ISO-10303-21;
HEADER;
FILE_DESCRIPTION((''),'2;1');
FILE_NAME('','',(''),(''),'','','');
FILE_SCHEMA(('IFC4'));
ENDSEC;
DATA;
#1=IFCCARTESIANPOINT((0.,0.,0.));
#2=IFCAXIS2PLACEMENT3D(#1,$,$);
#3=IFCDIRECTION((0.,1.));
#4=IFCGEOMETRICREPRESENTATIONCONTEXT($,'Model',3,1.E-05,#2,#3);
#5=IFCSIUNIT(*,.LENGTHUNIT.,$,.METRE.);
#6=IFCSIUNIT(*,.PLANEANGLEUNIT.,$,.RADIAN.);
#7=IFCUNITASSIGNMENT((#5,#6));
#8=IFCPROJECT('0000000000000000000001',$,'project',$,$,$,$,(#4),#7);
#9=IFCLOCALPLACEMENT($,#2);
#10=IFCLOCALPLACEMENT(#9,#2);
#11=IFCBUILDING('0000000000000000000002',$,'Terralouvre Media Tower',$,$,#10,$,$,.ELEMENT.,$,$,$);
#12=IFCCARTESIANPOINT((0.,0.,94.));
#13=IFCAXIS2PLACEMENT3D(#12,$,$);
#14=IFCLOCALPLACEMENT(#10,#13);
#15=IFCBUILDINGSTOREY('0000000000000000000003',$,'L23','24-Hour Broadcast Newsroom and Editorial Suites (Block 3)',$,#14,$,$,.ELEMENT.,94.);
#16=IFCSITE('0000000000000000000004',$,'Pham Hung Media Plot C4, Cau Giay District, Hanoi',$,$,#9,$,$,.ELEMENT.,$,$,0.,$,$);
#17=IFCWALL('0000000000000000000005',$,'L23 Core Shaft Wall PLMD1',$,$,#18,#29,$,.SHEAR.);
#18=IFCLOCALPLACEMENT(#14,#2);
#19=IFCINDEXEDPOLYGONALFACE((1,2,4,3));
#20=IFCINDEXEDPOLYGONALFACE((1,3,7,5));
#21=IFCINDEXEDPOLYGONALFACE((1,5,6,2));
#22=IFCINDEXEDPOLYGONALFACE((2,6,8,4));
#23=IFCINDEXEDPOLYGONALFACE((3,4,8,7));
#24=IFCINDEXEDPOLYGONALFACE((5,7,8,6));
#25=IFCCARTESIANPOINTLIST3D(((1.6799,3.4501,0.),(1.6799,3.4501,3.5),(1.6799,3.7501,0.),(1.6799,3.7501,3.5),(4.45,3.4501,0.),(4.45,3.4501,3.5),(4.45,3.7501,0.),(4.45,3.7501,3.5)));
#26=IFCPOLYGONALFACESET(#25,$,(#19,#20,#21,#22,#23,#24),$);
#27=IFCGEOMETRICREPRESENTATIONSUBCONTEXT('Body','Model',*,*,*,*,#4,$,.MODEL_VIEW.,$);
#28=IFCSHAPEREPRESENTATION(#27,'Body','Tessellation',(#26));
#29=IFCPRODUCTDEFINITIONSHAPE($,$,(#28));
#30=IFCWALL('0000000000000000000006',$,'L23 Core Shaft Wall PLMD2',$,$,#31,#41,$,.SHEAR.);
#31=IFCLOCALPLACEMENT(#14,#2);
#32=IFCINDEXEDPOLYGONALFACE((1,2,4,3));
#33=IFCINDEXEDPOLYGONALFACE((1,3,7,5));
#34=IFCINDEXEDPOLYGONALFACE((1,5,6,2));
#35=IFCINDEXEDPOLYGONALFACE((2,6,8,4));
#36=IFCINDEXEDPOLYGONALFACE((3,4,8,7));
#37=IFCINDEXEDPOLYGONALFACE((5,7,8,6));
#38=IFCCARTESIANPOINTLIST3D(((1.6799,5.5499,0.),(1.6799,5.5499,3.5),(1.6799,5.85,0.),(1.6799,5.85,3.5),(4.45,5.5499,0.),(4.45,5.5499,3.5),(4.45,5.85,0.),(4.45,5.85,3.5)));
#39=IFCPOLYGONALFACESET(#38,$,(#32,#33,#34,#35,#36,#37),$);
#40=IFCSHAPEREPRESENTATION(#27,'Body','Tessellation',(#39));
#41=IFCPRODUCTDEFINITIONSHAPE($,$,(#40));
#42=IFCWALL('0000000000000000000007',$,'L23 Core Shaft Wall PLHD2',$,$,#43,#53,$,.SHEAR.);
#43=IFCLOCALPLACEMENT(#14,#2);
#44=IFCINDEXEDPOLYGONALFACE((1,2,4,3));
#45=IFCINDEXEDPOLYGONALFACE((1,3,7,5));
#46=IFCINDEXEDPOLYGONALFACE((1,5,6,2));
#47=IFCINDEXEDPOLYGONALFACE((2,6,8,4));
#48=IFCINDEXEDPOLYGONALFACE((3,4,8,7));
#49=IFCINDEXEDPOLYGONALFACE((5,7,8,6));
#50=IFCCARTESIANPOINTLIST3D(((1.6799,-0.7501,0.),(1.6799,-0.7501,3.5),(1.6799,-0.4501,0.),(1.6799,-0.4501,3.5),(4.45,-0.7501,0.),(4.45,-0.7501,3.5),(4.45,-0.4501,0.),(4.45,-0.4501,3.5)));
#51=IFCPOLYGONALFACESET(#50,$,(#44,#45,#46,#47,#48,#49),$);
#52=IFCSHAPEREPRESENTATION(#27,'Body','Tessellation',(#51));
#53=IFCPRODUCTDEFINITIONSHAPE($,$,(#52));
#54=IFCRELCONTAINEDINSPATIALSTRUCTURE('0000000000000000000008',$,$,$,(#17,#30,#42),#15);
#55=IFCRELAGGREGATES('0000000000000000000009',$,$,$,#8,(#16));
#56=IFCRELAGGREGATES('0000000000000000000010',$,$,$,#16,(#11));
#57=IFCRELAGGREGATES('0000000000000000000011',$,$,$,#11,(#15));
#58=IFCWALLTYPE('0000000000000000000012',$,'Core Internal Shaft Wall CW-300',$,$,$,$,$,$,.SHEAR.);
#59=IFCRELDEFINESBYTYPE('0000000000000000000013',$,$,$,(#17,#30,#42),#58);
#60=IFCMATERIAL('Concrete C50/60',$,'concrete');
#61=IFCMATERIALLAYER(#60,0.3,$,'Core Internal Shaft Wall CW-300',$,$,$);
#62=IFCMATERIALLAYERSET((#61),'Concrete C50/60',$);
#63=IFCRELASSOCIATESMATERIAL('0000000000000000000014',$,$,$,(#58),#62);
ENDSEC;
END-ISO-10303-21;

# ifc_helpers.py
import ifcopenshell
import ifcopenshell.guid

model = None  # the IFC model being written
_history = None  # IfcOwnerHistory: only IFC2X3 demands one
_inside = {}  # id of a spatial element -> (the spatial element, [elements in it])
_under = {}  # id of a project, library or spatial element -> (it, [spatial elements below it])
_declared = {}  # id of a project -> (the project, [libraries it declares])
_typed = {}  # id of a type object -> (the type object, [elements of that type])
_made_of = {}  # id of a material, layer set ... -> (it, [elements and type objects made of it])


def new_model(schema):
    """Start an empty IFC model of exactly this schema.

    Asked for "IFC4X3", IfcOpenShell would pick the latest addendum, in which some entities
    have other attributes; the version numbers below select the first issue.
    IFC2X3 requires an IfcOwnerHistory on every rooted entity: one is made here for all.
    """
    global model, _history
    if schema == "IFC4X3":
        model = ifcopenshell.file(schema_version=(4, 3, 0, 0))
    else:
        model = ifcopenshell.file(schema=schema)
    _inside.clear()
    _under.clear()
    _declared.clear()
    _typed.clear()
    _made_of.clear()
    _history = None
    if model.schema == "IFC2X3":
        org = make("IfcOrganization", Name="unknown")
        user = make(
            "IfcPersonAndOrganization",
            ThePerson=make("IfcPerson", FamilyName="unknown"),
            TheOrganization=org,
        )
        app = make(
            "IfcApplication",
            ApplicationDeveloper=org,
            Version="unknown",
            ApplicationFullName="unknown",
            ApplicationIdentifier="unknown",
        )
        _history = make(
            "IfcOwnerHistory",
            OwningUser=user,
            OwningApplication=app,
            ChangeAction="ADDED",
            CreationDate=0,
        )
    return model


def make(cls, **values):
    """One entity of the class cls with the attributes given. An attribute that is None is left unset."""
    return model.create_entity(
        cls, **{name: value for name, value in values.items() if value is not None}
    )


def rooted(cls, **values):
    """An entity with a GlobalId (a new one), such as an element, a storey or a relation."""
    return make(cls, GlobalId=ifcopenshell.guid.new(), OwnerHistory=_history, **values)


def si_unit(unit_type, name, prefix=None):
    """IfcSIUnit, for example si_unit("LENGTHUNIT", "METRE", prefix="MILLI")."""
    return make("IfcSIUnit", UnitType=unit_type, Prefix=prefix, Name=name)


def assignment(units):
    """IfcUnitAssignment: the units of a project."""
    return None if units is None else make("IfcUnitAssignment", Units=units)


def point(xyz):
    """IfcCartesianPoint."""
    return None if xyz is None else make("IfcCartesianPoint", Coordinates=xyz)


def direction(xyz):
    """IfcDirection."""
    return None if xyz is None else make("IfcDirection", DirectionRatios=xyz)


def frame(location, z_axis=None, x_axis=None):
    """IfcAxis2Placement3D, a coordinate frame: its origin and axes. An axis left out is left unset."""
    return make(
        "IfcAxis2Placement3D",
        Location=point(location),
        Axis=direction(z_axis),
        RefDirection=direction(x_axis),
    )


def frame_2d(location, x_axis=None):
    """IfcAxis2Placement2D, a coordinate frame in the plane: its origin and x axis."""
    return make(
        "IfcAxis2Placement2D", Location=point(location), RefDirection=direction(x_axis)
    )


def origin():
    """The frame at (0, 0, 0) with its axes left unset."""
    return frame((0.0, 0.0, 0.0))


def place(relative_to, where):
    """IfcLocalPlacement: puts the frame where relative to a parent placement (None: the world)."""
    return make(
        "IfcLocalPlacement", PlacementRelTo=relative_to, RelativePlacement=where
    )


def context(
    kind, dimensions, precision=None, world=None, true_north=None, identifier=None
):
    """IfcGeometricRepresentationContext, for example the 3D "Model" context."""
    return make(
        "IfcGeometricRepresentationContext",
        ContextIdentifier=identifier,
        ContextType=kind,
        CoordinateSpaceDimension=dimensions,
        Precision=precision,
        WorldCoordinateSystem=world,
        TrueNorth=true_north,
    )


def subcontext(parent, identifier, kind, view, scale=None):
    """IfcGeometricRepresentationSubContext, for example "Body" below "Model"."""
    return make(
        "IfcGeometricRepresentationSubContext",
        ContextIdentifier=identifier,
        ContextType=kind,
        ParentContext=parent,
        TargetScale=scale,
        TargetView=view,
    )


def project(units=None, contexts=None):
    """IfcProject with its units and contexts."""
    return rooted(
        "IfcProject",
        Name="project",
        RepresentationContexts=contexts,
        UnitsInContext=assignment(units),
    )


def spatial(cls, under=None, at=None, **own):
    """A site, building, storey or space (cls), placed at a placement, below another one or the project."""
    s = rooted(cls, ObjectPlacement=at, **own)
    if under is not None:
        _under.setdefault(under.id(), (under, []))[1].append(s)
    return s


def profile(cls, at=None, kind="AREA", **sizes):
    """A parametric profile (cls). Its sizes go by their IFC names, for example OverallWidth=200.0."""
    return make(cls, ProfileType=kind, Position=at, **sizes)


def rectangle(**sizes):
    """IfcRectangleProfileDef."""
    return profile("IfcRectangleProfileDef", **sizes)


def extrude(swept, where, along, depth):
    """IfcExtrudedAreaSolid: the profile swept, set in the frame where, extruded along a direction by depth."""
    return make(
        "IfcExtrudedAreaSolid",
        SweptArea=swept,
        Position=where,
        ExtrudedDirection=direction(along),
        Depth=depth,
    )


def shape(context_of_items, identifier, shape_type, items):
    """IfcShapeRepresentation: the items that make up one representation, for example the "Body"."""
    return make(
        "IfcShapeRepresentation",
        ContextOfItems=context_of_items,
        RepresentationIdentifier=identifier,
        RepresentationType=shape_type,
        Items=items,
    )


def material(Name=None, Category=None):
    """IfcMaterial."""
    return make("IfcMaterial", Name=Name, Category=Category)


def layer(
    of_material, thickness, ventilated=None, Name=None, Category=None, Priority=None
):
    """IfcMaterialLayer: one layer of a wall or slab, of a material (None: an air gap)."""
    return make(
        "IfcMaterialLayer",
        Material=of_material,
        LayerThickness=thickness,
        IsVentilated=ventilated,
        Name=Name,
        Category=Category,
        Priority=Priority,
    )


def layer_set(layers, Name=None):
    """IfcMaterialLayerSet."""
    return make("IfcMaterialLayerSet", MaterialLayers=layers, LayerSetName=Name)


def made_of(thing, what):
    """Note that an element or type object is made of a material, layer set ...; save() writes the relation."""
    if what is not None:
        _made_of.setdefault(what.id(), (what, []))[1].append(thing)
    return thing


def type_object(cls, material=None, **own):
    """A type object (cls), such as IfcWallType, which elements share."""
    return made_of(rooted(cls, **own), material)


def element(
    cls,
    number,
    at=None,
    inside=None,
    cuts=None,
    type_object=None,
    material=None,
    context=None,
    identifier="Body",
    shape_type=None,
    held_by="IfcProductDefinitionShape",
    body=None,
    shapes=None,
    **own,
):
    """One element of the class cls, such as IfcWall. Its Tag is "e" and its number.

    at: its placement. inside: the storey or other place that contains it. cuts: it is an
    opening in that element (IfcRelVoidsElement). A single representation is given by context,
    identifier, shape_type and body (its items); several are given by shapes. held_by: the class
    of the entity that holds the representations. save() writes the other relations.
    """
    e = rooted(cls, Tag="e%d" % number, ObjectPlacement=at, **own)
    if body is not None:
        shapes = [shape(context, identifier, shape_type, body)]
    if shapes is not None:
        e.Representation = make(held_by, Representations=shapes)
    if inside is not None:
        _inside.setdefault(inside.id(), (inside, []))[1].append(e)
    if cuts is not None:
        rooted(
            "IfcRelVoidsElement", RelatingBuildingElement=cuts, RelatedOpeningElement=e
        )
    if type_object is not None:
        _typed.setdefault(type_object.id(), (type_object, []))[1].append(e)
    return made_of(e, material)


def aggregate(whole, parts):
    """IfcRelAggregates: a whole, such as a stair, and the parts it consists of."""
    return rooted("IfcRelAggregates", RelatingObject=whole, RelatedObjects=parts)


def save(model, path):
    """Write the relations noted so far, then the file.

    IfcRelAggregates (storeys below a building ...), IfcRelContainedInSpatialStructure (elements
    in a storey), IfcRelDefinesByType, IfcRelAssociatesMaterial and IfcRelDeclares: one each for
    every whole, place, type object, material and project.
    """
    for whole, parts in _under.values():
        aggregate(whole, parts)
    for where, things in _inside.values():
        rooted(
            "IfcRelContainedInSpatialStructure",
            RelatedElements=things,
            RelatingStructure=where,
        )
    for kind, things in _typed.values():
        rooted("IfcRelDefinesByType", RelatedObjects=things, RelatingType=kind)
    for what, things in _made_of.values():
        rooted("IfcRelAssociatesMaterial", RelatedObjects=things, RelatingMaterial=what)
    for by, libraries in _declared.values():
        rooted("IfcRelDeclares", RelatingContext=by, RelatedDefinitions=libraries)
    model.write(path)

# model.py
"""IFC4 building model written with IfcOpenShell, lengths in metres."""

from ifc_helpers import new_model, si_unit, direction, frame, frame_2d, origin, place, context, subcontext, project, spatial, rectangle, extrude, material, layer, layer_set, type_object, element, save


model = new_model("IFC4")

# Units and contexts
model_context = context("Model", 3, precision=1e-05, world=origin(), true_north=direction((0.0, 1.0)))
body_context = subcontext(model_context, "Body", "Model", "MODEL_VIEW")
ifc_project = project(units=[si_unit("LENGTHUNIT", "METRE"), si_unit("PLANEANGLEUNIT", "RADIAN")], contexts=[model_context])

# Site, building, storey
site_placement = place(None, origin())
site = spatial("IfcSite", under=ifc_project, at=site_placement, Name="Pham Hung Media Plot C4, Cau Giay District, Hanoi", CompositionType="ELEMENT", RefElevation=0.0)
building_placement = place(site_placement, origin())
building = spatial("IfcBuilding", under=site, at=building_placement, Name="Terralouvre Media Tower", CompositionType="ELEMENT")
storey_placement = place(building_placement, frame((0.0, 0.0, 94.0)))
storey = spatial("IfcBuildingStorey", under=building, at=storey_placement, Name="L23", Description="24-Hour Broadcast Newsroom and Editorial Suites (Block 3)", CompositionType="ELEMENT", Elevation=94.0)

# Shared definitions
ifc_material_1 = material(Name="Concrete C50/60", Category="concrete")
ifc_layer_1 = layer(ifc_material_1, 0.3, Name="Core Internal Shaft Wall CW-300")
ifc_layer_set_1 = layer_set([ifc_layer_1], Name="Concrete C50/60")
wall_type = type_object("IfcWallType", Name="Core Internal Shaft Wall CW-300", PredefinedType="SHEAR", material=ifc_layer_set_1)

# Walls
for number, where, z_axis, x_axis, name in (
    (1, (1.6799, 3.6001, 0.0), (0.0, 0.0, 1.0), (1.0, 0.0, 0.0), "L23 Core Shaft Wall PLMD1"),
    (2, (1.6799, 5.7, 0.0), (0.0, 0.0, 1.0), (1.0, 0.0, 0.0), "L23 Core Shaft Wall PLMD2"),
    (3, (1.6799, -0.6001, 0.0), (0.0, 0.0, 1.0), (1.0, 0.0, 0.0), "L23 Core Shaft Wall PLHD2"),
):
    element("IfcWall", number, at=place(storey_placement, frame(where, z_axis=z_axis, x_axis=x_axis)), inside=storey, type_object=wall_type, Name=name, PredefinedType="SHEAR", context=body_context, shape_type="SweptSolid", body=[
        extrude(rectangle(XDim=2.77, YDim=0.3, at=frame_2d((1.385, 0.0))), origin(), (0.0, 0.0, 1.0), 3.5),
    ])

save(model, "model.ifc")
